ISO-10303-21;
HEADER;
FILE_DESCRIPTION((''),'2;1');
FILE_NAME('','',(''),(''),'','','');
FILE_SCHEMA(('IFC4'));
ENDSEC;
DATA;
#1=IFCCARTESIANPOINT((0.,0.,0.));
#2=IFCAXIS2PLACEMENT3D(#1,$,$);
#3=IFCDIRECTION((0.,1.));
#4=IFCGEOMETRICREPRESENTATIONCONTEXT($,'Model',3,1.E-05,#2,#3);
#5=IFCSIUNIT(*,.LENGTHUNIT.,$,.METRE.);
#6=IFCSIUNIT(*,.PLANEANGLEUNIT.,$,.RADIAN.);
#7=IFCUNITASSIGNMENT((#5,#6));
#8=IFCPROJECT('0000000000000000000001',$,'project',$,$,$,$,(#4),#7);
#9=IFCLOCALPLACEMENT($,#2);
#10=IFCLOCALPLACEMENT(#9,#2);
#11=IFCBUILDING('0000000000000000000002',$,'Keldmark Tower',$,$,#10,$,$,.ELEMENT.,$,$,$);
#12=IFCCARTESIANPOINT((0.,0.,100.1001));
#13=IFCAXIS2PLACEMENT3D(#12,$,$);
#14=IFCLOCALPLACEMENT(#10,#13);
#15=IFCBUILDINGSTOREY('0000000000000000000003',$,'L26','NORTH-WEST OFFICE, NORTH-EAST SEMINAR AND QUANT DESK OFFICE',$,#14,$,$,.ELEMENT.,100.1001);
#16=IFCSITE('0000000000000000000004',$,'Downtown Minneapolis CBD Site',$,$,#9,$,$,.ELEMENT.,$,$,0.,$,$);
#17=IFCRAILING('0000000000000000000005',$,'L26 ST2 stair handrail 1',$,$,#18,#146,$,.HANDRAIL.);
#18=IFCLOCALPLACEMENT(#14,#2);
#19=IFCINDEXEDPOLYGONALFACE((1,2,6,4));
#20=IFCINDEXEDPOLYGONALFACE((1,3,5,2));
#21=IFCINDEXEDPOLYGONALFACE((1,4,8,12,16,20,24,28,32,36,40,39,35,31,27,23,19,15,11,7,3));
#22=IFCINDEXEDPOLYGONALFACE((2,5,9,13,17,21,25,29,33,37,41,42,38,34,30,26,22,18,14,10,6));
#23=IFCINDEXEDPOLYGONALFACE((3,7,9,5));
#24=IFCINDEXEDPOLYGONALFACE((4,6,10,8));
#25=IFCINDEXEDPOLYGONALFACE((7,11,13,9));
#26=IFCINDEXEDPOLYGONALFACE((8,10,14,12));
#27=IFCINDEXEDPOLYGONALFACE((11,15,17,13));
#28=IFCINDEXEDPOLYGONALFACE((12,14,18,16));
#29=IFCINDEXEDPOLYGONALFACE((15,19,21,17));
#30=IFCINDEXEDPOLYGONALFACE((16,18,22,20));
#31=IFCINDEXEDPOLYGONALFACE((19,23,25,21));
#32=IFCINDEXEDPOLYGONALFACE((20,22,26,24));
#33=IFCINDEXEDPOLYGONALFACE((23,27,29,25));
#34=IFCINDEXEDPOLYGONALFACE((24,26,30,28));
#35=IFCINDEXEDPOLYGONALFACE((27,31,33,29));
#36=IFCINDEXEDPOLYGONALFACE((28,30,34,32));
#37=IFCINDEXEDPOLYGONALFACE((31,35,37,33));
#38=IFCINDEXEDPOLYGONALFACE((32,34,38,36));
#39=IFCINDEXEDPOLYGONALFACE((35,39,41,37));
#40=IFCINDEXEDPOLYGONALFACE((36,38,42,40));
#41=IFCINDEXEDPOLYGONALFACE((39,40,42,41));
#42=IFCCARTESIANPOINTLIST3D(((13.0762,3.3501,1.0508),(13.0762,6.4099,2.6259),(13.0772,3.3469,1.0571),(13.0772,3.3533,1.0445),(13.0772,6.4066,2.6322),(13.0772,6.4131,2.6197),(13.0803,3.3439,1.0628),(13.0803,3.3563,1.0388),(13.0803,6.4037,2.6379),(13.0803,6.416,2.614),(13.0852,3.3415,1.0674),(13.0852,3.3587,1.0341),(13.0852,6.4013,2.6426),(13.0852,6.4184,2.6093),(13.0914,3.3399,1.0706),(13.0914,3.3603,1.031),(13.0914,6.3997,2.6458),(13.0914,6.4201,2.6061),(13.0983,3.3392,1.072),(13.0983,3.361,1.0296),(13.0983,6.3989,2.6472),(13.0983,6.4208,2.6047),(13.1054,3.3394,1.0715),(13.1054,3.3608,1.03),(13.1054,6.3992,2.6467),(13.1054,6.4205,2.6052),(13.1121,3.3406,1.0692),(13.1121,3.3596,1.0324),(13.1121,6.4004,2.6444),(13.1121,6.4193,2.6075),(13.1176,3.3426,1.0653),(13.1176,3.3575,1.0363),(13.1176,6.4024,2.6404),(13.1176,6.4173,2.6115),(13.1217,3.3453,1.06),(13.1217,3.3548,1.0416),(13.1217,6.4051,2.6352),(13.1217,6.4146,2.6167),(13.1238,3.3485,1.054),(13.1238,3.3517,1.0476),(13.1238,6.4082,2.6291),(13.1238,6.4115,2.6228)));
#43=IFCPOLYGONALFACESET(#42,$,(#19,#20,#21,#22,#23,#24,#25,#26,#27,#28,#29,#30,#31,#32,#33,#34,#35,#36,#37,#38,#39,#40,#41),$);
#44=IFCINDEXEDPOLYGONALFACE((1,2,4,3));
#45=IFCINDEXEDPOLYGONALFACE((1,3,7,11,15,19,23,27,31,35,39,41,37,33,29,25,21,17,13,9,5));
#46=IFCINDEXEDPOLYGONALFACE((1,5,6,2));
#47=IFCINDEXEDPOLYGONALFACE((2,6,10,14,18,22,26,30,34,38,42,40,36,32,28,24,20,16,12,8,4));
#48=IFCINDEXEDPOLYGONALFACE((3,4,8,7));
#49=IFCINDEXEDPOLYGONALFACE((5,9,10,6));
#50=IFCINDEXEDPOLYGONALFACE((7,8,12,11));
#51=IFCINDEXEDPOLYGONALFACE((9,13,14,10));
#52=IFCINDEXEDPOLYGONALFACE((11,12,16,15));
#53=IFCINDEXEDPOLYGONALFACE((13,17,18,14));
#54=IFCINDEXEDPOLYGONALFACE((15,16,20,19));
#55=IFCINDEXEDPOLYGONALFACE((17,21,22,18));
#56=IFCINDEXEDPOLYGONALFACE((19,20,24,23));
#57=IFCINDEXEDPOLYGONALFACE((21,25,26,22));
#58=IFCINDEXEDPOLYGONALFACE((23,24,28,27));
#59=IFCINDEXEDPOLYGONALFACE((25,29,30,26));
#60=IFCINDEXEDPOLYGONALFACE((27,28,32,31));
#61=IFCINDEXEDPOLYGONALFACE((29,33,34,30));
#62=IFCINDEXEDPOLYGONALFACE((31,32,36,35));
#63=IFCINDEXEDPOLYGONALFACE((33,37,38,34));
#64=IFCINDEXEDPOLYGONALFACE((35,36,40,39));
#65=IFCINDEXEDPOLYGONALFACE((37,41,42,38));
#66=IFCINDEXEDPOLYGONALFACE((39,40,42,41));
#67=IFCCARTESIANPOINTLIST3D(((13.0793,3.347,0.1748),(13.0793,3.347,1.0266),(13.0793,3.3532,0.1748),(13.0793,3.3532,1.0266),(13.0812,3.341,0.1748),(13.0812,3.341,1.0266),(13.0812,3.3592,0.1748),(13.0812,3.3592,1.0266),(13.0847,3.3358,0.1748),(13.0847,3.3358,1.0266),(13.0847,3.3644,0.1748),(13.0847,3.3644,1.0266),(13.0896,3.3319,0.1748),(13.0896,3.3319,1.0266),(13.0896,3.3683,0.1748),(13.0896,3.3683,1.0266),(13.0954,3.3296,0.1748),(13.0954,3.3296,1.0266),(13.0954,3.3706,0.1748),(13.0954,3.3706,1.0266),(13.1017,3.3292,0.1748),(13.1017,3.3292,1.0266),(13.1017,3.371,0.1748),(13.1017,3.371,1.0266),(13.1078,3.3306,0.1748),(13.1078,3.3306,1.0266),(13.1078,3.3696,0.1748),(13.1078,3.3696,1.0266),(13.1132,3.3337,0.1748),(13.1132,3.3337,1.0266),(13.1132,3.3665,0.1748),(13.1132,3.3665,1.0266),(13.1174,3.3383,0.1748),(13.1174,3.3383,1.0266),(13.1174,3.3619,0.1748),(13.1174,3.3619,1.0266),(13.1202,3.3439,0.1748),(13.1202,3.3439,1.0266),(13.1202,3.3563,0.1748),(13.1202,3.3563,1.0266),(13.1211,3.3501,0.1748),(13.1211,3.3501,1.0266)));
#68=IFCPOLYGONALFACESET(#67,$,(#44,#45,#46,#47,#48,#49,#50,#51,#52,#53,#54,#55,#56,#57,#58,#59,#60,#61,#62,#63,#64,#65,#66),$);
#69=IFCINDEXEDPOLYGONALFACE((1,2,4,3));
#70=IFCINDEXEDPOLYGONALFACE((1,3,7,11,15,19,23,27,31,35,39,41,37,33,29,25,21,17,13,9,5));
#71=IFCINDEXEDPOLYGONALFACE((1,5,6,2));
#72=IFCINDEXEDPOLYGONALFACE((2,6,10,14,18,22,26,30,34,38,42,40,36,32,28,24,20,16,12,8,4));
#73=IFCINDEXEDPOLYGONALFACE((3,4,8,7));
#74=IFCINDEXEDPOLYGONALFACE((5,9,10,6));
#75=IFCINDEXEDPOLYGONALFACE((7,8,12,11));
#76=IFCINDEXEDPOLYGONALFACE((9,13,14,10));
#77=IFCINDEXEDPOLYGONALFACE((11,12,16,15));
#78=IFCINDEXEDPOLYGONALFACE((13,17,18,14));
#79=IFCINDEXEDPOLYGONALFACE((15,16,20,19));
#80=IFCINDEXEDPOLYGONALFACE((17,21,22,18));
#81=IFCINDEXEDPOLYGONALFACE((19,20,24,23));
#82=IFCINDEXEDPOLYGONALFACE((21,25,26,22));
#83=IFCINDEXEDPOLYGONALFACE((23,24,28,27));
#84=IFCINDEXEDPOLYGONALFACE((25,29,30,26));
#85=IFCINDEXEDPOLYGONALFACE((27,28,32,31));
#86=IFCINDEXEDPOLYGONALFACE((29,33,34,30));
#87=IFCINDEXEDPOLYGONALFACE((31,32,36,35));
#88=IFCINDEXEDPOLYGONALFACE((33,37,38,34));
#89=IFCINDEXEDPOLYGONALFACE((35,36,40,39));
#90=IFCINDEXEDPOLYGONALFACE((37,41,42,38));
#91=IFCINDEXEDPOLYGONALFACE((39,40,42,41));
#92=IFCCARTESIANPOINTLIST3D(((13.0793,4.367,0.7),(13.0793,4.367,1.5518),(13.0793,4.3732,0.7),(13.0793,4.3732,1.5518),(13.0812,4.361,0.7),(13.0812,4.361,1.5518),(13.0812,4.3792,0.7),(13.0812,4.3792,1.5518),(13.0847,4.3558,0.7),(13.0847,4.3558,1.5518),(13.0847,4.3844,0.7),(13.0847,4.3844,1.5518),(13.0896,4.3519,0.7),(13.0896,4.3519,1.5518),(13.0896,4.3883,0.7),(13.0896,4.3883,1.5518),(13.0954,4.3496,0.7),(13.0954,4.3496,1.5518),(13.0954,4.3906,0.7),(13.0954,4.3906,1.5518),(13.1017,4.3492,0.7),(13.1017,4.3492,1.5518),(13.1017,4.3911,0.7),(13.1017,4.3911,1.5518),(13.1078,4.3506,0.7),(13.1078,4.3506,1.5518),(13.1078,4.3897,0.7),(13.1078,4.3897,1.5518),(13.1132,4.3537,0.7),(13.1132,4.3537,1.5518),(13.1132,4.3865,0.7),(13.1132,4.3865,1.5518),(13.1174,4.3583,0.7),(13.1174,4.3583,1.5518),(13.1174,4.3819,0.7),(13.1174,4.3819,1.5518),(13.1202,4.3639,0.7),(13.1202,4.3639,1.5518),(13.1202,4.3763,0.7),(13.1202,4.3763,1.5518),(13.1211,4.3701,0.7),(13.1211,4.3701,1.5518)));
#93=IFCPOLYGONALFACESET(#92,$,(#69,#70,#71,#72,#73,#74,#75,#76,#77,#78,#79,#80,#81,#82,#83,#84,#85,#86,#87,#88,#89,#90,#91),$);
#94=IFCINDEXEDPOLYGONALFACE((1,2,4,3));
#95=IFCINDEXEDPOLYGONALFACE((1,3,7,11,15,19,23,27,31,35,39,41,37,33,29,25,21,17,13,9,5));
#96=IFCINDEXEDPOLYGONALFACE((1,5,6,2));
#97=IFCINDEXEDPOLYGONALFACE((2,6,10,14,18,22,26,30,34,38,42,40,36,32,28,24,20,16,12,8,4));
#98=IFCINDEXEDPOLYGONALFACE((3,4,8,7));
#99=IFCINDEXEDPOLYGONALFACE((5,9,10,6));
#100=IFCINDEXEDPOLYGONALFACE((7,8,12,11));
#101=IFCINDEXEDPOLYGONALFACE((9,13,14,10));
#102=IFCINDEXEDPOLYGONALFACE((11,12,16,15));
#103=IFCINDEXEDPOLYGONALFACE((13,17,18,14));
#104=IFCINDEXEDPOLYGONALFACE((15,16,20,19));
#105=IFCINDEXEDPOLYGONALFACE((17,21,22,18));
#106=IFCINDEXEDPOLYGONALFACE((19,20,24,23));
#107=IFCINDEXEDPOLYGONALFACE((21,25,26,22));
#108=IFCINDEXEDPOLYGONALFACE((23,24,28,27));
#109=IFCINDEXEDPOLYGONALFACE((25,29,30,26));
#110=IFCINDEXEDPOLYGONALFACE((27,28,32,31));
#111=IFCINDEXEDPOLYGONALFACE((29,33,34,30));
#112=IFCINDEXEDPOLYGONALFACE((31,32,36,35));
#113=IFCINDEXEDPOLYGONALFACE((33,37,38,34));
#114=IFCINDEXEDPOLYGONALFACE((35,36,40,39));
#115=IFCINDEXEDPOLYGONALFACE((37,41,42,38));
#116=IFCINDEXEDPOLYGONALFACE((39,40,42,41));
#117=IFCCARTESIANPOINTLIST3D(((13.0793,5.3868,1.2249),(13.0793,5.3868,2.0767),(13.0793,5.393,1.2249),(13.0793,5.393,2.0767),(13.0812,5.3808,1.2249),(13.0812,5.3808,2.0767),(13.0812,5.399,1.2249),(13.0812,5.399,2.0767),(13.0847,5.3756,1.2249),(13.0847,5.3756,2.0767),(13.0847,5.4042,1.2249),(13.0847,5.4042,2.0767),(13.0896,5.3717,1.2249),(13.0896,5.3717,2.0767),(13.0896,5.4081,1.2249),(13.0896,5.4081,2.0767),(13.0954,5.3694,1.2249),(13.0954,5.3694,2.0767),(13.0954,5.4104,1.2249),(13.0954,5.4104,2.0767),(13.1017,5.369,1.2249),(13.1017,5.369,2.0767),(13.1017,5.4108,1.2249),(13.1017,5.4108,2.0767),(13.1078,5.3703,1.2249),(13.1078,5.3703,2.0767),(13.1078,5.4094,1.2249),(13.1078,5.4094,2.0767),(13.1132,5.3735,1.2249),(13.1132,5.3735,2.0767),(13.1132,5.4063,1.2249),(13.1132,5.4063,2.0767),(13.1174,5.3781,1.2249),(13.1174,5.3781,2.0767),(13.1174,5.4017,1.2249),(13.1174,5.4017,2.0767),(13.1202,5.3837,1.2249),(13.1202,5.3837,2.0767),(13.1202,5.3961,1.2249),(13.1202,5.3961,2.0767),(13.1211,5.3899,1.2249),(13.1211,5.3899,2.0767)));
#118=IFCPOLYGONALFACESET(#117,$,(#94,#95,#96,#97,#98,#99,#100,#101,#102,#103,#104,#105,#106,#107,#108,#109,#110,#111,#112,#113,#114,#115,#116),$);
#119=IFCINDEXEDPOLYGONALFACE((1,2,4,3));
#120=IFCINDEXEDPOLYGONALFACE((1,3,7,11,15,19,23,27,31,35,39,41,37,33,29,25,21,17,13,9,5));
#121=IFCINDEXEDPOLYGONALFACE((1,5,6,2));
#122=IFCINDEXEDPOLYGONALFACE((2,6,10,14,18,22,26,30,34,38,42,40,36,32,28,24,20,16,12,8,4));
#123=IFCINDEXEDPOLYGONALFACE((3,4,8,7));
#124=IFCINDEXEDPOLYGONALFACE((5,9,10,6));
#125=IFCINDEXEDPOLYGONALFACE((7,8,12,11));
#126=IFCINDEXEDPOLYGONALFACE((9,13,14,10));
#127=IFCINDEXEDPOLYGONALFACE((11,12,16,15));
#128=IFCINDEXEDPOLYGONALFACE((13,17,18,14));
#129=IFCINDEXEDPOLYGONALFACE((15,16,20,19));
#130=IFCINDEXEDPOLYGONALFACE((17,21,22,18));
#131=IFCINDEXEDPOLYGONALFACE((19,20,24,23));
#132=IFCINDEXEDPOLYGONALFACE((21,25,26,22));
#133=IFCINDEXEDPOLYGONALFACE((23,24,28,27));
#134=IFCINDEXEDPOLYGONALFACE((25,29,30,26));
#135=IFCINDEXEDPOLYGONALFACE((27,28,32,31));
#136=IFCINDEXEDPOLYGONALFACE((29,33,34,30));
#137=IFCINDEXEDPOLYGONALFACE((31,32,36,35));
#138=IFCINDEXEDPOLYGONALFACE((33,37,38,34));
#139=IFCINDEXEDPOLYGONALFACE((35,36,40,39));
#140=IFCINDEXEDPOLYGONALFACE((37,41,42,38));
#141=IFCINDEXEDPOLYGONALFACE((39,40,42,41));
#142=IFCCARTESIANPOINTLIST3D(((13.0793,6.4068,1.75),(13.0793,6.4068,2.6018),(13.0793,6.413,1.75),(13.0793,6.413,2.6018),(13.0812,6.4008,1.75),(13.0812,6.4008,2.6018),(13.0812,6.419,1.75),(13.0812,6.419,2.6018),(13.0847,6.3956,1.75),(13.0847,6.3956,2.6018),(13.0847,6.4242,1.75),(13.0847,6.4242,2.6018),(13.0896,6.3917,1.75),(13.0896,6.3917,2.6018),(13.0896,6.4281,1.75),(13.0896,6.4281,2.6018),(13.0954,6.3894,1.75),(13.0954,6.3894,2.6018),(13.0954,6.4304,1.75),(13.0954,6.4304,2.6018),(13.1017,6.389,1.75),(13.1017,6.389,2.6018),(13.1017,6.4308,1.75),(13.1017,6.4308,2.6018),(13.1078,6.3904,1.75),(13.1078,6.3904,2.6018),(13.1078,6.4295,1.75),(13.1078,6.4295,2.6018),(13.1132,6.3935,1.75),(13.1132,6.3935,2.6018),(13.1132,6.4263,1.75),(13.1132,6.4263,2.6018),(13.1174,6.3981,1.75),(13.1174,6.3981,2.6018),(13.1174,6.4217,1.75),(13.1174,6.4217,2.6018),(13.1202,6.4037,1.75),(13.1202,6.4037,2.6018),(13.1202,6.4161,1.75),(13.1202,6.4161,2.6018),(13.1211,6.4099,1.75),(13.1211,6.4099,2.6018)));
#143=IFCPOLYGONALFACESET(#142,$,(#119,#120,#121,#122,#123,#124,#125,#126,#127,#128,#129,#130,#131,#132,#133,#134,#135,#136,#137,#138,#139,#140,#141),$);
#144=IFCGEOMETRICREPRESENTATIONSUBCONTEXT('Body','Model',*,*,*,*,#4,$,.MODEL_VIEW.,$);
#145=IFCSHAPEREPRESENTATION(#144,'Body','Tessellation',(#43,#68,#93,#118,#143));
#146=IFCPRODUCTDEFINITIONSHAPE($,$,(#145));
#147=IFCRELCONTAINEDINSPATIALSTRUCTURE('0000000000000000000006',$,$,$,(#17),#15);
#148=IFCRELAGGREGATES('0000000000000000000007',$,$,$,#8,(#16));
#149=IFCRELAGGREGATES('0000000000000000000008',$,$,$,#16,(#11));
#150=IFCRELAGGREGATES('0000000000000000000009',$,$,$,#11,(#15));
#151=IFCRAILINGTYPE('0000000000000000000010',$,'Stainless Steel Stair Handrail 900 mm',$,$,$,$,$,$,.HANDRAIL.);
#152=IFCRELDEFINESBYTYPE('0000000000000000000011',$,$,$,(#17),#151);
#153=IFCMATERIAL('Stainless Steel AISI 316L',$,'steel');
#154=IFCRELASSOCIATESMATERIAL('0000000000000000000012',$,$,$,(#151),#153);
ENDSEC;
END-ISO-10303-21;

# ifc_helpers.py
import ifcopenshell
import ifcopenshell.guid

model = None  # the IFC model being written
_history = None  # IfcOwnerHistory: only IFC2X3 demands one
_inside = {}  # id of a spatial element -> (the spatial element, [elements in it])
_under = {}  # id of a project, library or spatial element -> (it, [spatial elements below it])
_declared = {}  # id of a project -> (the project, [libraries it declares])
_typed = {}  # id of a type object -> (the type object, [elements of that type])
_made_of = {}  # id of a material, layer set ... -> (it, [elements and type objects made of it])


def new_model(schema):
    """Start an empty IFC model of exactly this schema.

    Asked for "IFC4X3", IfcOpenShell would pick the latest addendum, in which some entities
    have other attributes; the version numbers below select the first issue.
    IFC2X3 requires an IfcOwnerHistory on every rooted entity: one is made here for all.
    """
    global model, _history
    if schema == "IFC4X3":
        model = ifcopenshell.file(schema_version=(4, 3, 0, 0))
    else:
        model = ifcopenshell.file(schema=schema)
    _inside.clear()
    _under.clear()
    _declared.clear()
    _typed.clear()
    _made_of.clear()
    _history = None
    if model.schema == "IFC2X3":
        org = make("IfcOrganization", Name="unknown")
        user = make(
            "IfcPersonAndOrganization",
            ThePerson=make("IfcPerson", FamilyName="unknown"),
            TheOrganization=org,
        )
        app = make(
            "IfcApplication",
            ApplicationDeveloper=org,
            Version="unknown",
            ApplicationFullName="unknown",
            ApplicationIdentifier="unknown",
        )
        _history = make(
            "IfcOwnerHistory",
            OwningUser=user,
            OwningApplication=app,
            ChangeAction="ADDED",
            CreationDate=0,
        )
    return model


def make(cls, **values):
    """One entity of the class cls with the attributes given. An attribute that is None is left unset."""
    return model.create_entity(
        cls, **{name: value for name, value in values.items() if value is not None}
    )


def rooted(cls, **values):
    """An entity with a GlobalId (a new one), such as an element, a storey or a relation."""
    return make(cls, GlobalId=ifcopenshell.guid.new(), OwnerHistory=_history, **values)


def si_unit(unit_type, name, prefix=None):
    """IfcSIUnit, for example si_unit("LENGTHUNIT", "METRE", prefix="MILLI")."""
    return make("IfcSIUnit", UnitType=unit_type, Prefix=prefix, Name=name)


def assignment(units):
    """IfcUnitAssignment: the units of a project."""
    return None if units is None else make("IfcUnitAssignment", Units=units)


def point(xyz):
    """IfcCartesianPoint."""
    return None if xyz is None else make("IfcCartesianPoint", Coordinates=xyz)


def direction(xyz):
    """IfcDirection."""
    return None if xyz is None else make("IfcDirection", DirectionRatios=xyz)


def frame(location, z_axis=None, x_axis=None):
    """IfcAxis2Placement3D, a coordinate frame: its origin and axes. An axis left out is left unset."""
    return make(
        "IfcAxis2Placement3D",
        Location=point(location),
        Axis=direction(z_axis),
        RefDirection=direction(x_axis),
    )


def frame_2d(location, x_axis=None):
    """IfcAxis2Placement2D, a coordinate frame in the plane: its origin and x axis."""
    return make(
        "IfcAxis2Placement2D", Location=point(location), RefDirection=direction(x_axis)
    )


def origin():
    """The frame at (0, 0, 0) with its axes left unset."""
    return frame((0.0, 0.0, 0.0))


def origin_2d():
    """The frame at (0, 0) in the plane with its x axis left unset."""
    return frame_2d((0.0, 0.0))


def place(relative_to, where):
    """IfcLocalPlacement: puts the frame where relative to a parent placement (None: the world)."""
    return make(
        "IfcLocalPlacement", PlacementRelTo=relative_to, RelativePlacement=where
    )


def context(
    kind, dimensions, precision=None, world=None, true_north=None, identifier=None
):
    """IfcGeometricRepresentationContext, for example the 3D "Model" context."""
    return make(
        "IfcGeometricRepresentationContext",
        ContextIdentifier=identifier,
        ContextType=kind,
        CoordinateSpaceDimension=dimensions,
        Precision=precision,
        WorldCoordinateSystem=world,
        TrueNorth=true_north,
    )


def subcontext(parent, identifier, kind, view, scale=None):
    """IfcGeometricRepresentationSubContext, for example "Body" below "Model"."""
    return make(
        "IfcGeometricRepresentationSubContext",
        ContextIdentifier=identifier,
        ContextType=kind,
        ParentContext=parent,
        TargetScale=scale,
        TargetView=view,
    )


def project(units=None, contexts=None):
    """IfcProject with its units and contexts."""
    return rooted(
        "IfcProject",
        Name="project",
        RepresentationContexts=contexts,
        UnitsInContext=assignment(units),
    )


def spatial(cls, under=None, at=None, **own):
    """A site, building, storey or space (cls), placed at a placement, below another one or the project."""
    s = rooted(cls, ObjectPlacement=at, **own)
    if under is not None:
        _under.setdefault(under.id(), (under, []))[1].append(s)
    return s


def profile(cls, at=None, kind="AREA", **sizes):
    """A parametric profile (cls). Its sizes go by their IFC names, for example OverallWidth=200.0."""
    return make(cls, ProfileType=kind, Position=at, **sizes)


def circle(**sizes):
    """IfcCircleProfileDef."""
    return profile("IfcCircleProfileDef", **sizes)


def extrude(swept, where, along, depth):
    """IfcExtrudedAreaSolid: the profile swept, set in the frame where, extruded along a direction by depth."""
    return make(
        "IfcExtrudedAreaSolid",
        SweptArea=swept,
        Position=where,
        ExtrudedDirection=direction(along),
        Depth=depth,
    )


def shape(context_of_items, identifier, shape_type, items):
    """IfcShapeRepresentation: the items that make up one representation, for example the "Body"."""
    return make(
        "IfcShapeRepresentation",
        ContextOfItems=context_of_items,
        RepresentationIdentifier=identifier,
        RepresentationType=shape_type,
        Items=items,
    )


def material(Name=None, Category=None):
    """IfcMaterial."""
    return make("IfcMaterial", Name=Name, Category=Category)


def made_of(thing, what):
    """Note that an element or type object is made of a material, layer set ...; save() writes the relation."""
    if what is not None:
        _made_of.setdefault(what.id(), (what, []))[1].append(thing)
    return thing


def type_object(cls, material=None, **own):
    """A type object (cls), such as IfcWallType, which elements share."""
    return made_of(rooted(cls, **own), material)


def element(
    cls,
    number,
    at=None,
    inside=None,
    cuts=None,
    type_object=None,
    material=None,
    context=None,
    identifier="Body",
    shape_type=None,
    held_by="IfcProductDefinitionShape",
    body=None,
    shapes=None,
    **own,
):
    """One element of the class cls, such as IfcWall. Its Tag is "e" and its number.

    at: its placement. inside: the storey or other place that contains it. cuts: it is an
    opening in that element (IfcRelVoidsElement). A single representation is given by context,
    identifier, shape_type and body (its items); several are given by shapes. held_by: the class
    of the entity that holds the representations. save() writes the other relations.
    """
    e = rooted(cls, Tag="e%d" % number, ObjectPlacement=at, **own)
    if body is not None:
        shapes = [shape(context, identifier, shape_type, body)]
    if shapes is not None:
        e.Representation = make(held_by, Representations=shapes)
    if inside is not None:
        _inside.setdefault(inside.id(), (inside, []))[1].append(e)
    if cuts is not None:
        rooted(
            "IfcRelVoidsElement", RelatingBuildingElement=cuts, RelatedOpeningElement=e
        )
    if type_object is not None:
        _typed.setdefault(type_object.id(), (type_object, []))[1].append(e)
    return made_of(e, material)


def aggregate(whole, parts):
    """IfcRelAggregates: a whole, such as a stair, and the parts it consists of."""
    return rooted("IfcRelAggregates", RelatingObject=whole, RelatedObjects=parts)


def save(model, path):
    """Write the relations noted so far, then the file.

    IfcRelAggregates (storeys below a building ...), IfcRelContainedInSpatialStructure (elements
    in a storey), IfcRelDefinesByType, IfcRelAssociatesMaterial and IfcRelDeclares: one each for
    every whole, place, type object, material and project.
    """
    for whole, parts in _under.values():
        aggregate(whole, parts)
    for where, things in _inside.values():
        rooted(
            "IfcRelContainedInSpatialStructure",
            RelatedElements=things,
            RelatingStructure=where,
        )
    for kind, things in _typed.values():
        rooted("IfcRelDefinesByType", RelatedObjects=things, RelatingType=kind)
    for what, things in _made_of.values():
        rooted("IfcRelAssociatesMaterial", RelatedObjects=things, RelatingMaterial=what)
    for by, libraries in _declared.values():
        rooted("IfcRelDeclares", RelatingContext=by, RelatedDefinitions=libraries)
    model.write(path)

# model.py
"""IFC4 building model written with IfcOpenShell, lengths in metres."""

from ifc_helpers import new_model, si_unit, direction, frame, origin, origin_2d, place, context, subcontext, project, spatial, circle, extrude, material, type_object, element, save


model = new_model("IFC4")

# Units and contexts
model_context = context("Model", 3, precision=1e-05, world=origin(), true_north=direction((0.0, 1.0)))
body_context = subcontext(model_context, "Body", "Model", "MODEL_VIEW")
ifc_project = project(units=[si_unit("LENGTHUNIT", "METRE"), si_unit("PLANEANGLEUNIT", "RADIAN")], contexts=[model_context])

# Site, building, storey
site_placement = place(None, origin())
site = spatial("IfcSite", under=ifc_project, at=site_placement, Name="Downtown Minneapolis CBD Site", CompositionType="ELEMENT", RefElevation=0.0)
building_placement = place(site_placement, origin())
building = spatial("IfcBuilding", under=site, at=building_placement, Name="Keldmark Tower", CompositionType="ELEMENT")
storey_placement = place(building_placement, frame((0.0, 0.0, 100.1001)))
storey = spatial("IfcBuildingStorey", under=building, at=storey_placement, Name="L26", Description="NORTH-WEST OFFICE, NORTH-EAST SEMINAR AND QUANT DESK OFFICE", CompositionType="ELEMENT", Elevation=100.1001)

# Railing
ifc_material_1 = material(Name="Stainless Steel AISI 316L", Category="steel")
railing_type = type_object("IfcRailingType", Name="Stainless Steel Stair Handrail 900 mm", PredefinedType="HANDRAIL", material=ifc_material_1)
railing_placement = place(storey_placement, frame((13.1001, 3.3501, 0.1748)))
element("IfcRailing", 1, at=railing_placement, inside=storey, type_object=railing_type, Name="L26 ST2 stair handrail 1", PredefinedType="HANDRAIL", context=body_context, shape_type="SweptSolid", body=[
    extrude(circle(Radius=0.0239, at=origin_2d()), frame((0.0, 0.0, 0.876), z_axis=(0.0, 0.889101, 0.45771), x_axis=(-1.0, 0.0, 0.0)), (0.0, 0.0, 1.0), 3.4414),
    extrude(circle(Radius=0.021, at=origin_2d()), origin(), (0.0, 0.0, 1.0), 0.8518),
    extrude(circle(Radius=0.021, at=origin_2d()), frame((0.0, 1.02, 0.5251)), (0.0, 0.0, 1.0), 0.8518),
    extrude(circle(Radius=0.021, at=origin_2d()), frame((0.0, 2.0398, 1.05)), (0.0, 0.0, 1.0), 0.8518),
    extrude(circle(Radius=0.021, at=origin_2d()), frame((0.0, 3.0598, 1.5752)), (0.0, 0.0, 1.0), 0.8518),
])

save(model, "model.ifc")
